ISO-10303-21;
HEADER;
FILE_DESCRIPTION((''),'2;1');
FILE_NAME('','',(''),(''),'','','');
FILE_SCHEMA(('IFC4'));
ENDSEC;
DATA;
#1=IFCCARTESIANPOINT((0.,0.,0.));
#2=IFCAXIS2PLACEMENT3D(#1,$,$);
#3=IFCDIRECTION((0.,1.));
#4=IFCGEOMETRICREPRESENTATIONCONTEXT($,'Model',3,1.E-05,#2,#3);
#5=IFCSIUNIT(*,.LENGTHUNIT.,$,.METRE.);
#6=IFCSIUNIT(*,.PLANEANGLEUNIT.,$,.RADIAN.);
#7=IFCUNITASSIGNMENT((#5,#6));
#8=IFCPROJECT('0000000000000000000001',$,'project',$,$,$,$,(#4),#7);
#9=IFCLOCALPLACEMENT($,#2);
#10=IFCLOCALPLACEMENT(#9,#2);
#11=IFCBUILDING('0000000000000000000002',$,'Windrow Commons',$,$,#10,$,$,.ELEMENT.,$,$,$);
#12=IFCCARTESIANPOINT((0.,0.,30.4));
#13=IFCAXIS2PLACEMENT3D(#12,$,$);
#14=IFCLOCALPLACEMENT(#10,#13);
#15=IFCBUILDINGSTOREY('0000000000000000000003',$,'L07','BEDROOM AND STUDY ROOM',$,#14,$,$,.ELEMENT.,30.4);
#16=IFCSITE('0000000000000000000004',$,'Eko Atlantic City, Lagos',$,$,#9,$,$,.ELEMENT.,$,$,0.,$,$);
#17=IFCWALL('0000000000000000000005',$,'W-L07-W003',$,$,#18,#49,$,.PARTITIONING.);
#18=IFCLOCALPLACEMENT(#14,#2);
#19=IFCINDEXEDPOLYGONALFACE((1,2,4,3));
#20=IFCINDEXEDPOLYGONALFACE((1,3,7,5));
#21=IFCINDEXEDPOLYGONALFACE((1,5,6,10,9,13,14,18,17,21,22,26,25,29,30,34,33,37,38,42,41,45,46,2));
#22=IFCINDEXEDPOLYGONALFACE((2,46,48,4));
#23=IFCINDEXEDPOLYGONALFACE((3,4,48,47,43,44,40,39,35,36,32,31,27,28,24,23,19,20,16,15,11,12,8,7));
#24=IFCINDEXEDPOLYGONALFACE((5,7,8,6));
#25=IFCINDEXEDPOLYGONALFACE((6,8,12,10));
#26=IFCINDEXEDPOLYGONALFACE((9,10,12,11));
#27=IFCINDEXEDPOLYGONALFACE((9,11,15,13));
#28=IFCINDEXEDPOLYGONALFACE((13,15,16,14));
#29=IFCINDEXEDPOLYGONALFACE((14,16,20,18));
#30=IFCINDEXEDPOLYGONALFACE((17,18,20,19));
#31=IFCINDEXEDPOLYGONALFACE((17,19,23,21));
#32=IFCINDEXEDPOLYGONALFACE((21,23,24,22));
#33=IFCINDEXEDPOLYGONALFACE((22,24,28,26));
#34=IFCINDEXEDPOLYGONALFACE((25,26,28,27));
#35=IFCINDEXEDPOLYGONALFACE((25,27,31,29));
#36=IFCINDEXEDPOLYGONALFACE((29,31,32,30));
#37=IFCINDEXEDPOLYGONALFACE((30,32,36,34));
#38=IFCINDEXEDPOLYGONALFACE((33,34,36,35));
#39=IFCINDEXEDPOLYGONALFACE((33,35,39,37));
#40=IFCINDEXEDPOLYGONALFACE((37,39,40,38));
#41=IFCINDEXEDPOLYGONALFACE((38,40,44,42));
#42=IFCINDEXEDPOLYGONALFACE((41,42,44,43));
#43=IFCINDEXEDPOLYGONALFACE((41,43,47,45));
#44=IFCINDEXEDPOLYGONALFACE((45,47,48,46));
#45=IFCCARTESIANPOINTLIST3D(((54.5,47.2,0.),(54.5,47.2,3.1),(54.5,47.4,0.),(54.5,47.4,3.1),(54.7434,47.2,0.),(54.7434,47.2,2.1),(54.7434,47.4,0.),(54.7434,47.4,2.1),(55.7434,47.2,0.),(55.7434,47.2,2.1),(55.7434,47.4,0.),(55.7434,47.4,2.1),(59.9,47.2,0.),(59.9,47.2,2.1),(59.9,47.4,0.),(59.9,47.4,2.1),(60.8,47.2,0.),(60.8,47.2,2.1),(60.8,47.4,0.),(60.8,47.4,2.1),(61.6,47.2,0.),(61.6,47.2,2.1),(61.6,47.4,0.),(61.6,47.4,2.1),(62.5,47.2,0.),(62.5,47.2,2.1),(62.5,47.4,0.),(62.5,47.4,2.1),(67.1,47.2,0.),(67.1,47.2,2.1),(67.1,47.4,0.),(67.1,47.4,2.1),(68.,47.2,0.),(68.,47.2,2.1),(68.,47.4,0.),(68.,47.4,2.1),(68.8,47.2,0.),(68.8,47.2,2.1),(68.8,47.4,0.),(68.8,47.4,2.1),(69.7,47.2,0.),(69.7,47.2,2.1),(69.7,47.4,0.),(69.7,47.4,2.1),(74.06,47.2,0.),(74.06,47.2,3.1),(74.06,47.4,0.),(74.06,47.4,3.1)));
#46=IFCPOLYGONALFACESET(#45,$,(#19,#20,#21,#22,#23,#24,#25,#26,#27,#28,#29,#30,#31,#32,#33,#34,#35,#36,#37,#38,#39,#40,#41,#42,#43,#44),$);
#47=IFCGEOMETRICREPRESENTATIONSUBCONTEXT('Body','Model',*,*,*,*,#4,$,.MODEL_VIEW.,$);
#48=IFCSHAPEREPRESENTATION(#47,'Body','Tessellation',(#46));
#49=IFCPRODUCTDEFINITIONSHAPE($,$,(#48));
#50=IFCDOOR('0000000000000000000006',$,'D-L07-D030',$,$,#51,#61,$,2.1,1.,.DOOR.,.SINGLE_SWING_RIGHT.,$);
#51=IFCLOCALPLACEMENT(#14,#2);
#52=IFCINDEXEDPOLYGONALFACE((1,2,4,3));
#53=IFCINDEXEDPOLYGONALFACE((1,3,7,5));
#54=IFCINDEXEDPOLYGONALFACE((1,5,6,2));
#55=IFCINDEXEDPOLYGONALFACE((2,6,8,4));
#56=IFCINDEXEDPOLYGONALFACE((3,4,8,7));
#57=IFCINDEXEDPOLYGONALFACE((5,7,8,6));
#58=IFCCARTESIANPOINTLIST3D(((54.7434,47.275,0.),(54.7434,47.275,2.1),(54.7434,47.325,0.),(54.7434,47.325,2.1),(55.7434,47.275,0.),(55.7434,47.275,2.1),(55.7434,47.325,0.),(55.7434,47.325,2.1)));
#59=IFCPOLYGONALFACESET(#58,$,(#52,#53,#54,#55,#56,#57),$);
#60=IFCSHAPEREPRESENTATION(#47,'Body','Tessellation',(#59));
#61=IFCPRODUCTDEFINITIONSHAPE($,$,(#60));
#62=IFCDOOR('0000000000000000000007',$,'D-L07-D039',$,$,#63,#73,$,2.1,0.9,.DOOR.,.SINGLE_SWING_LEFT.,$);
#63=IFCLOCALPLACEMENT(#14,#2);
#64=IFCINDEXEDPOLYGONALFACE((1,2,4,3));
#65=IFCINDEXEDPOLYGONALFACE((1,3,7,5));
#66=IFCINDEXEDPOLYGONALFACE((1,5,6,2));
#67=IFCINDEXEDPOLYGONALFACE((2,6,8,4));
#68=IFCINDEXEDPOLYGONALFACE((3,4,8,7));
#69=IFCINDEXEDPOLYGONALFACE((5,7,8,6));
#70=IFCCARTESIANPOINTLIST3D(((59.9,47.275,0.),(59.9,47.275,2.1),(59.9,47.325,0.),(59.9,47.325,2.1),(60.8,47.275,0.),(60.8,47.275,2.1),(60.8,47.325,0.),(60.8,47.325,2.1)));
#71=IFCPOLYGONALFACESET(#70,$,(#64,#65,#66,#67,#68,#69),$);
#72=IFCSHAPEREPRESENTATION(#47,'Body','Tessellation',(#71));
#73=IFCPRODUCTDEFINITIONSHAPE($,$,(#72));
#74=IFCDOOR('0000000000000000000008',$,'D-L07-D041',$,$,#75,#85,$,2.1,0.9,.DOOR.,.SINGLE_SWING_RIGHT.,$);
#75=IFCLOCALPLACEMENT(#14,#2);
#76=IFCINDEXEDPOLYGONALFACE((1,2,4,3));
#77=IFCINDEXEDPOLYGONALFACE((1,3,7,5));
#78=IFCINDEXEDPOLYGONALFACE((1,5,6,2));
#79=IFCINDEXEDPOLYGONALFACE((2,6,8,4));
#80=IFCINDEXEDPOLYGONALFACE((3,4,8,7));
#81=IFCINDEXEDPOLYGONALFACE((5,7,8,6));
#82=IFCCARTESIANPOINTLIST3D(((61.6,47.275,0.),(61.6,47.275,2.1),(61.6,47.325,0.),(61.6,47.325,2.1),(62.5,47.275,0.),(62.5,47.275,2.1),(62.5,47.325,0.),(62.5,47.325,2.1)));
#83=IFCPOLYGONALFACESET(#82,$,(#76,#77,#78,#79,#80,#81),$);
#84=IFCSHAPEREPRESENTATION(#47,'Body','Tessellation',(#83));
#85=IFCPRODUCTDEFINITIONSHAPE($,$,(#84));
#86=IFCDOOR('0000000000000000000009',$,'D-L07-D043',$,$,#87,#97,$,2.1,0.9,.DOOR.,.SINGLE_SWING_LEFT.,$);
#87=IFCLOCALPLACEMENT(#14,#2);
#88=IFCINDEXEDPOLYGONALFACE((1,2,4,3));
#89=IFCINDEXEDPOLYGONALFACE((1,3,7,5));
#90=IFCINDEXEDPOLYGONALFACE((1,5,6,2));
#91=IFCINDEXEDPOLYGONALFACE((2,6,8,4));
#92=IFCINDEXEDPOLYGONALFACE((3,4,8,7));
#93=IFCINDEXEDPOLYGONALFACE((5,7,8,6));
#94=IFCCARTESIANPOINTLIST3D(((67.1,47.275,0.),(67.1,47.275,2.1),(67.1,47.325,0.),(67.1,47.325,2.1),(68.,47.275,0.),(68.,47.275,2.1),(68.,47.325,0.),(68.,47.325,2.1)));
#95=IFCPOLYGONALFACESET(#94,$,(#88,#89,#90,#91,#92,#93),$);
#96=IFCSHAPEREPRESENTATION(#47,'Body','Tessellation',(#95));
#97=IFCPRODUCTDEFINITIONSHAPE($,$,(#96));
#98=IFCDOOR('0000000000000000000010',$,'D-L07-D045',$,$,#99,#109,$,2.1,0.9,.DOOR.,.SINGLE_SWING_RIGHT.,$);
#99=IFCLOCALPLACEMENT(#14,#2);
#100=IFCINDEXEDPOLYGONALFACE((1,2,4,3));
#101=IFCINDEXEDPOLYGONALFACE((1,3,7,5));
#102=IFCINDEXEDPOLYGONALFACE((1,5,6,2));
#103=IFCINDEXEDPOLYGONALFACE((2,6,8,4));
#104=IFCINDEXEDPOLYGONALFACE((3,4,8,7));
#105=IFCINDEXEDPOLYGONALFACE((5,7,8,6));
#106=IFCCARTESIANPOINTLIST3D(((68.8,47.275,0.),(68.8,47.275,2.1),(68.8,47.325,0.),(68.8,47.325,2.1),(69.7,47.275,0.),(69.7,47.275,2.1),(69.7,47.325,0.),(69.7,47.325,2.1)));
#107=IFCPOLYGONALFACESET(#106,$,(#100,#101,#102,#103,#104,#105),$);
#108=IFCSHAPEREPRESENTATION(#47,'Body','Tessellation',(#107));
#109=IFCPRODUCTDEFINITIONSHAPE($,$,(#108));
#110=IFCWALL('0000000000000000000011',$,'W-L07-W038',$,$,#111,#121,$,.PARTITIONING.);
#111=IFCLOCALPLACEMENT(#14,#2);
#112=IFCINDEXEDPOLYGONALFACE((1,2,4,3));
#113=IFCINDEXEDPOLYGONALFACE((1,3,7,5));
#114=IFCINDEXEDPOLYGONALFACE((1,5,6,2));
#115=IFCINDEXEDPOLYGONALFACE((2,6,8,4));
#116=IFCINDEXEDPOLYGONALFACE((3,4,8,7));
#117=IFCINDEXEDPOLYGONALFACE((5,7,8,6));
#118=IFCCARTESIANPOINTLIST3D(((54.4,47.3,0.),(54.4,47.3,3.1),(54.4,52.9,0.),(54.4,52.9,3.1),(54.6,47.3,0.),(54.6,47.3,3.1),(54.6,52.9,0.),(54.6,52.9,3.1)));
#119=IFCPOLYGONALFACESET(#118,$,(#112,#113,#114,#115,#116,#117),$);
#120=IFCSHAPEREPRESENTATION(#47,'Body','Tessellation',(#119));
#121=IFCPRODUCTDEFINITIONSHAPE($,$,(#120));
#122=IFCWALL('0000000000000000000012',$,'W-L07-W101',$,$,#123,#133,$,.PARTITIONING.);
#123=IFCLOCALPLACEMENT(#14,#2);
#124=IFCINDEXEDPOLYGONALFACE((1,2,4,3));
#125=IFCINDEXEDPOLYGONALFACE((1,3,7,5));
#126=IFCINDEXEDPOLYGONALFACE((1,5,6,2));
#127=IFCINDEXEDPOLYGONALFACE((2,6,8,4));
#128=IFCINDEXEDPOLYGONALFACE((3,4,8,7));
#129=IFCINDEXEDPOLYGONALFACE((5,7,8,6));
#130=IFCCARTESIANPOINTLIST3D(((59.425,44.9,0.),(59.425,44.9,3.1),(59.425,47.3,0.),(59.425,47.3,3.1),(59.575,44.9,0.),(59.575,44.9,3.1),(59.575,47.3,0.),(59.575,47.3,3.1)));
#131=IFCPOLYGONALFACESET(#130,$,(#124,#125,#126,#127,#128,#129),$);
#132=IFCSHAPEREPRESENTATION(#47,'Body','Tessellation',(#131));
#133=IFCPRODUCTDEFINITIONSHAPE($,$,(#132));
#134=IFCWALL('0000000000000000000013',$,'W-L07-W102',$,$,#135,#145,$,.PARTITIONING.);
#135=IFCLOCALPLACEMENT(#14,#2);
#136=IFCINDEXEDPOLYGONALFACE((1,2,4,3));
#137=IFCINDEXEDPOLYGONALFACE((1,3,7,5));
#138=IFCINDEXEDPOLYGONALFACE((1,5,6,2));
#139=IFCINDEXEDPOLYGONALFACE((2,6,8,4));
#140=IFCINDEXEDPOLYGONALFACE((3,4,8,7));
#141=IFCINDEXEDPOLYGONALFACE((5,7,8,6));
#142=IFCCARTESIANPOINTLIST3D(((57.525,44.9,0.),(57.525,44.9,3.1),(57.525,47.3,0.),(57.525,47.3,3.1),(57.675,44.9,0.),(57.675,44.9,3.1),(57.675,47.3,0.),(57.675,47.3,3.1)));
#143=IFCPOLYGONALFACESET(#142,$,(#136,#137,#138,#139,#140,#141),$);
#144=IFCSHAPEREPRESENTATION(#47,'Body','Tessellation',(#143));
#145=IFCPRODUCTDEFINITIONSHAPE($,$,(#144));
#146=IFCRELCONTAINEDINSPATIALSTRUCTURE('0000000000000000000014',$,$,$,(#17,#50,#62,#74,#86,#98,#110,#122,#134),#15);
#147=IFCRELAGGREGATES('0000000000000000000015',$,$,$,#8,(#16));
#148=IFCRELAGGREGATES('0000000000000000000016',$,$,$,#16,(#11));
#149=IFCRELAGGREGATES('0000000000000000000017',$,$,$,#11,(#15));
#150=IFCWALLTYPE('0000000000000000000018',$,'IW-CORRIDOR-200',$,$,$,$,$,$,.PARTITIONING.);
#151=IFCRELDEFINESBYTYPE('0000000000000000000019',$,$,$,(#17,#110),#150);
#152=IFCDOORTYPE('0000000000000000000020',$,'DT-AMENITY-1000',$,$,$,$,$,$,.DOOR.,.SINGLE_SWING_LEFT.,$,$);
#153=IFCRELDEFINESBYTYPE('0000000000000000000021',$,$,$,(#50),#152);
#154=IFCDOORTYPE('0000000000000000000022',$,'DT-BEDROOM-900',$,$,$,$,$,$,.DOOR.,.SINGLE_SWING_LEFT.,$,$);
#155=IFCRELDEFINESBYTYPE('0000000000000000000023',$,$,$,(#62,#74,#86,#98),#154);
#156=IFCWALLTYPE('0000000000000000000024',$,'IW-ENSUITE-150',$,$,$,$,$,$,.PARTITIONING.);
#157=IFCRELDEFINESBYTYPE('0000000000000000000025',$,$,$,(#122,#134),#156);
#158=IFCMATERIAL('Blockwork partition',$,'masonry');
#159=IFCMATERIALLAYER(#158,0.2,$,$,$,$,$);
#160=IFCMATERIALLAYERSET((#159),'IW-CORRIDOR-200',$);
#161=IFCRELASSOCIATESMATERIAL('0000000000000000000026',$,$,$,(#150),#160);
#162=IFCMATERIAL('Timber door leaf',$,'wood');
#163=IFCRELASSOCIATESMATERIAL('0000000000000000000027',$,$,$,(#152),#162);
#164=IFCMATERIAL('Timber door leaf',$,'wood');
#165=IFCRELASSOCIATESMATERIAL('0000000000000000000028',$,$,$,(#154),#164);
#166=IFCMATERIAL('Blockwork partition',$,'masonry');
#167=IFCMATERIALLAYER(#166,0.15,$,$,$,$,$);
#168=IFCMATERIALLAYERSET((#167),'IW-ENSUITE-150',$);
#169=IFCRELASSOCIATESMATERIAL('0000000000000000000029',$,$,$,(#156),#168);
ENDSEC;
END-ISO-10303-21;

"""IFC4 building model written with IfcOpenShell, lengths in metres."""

from ifc_helpers import new_model, si_unit, direction, frame, frame_2d, origin, place, context, subcontext, project, spatial, rectangle, extrude, material, layer, layer_set, type_object, element, fill, save


model = new_model("IFC4")

# Units and contexts
model_context = context("Model", 3, precision=1e-05, world=origin(), true_north=direction((0.0, 1.0)))
body_context = subcontext(model_context, "Body", "Model", "MODEL_VIEW")
ifc_project = project(units=[si_unit("LENGTHUNIT", "METRE"), si_unit("PLANEANGLEUNIT", "RADIAN")], contexts=[model_context])

# Site, building, storey
site_placement = place(None, origin())
site = spatial("IfcSite", under=ifc_project, at=site_placement, Name="Eko Atlantic City, Lagos", CompositionType="ELEMENT", RefElevation=0.0)
building_placement = place(site_placement, origin())
building = spatial("IfcBuilding", under=site, at=building_placement, Name="Windrow Commons", CompositionType="ELEMENT")
storey_placement = place(building_placement, frame((0.0, 0.0, 30.4)))
storey = spatial("IfcBuildingStorey", under=building, at=storey_placement, Name="L07", Description="BEDROOM AND STUDY ROOM", CompositionType="ELEMENT", Elevation=30.4)

# Wall, openings, doors
ifc_material_1 = material(Name="Blockwork partition", Category="masonry")
ifc_layer_1 = layer(ifc_material_1, 0.2)
ifc_layer_set_1 = layer_set([ifc_layer_1], Name="IW-CORRIDOR-200")
wall_type_1 = type_object("IfcWallType", Name="IW-CORRIDOR-200", PredefinedType="PARTITIONING", material=ifc_layer_set_1)
wall_1_placement = place(storey_placement, frame((54.5, 47.3, 0.0), z_axis=(0.0, 0.0, 1.0), x_axis=(1.0, 0.0, 0.0)))
wall_1 = element("IfcWall", 1, at=wall_1_placement, inside=storey, type_object=wall_type_1, Name="W-L07-W003", PredefinedType="PARTITIONING", context=body_context, shape_type="SweptSolid", body=[
    extrude(rectangle(XDim=19.56, YDim=0.2, at=frame_2d((9.78, 0.0))), origin(), (0.0, 0.0, 1.0), 3.1),
])
opening_1_placement = place(wall_1_placement, frame((0.2434, 0.0, 0.0)))
opening_1 = element("IfcOpeningElement", 2, at=opening_1_placement, cuts=wall_1, PredefinedType="OPENING", context=body_context, shape_type="SweptSolid", body=[
    extrude(rectangle(XDim=1.0, YDim=2.1, at=frame_2d((0.5, 1.05))), frame((0.0, 0.11, 0.0), z_axis=(0.0, -1.0, 0.0), x_axis=(1.0, 0.0, 0.0)), (0.0, 0.0, 1.0), 0.22),
])
opening_2_placement = place(wall_1_placement, frame((5.4, 0.0, 0.0)))
opening_2 = element("IfcOpeningElement", 3, at=opening_2_placement, cuts=wall_1, PredefinedType="OPENING", context=body_context, shape_type="SweptSolid", body=[
    extrude(rectangle(XDim=0.9, YDim=2.1, at=frame_2d((0.45, 1.05))), frame((0.0, 0.11, 0.0), z_axis=(0.0, -1.0, 0.0), x_axis=(1.0, 0.0, 0.0)), (0.0, 0.0, 1.0), 0.22),
])
opening_3_placement = place(wall_1_placement, frame((7.1, 0.0, 0.0)))
opening_3 = element("IfcOpeningElement", 4, at=opening_3_placement, cuts=wall_1, PredefinedType="OPENING", context=body_context, shape_type="SweptSolid", body=[
    extrude(rectangle(XDim=0.9, YDim=2.1, at=frame_2d((0.45, 1.05))), frame((0.0, 0.11, 0.0), z_axis=(0.0, -1.0, 0.0), x_axis=(1.0, 0.0, 0.0)), (0.0, 0.0, 1.0), 0.22),
])
opening_4_placement = place(wall_1_placement, frame((12.6, 0.0, 0.0)))
opening_4 = element("IfcOpeningElement", 5, at=opening_4_placement, cuts=wall_1, PredefinedType="OPENING", context=body_context, shape_type="SweptSolid", body=[
    extrude(rectangle(XDim=0.9, YDim=2.1, at=frame_2d((0.45, 1.05))), frame((0.0, 0.11, 0.0), z_axis=(0.0, -1.0, 0.0), x_axis=(1.0, 0.0, 0.0)), (0.0, 0.0, 1.0), 0.22),
])
opening_5_placement = place(wall_1_placement, frame((14.3, 0.0, 0.0)))
opening_5 = element("IfcOpeningElement", 6, at=opening_5_placement, cuts=wall_1, PredefinedType="OPENING", context=body_context, shape_type="SweptSolid", body=[
    extrude(rectangle(XDim=0.9, YDim=2.1, at=frame_2d((0.45, 1.05))), frame((0.0, 0.11, 0.0), z_axis=(0.0, -1.0, 0.0), x_axis=(1.0, 0.0, 0.0)), (0.0, 0.0, 1.0), 0.22),
])
ifc_material_2 = material(Name="Timber door leaf", Category="wood")
door_type_1 = type_object("IfcDoorType", Name="DT-AMENITY-1000", OperationType="SINGLE_SWING_LEFT", PredefinedType="DOOR", material=ifc_material_2)
door_1_placement = place(opening_1_placement, origin())
door_1 = element("IfcDoor", 7, at=door_1_placement, inside=storey, type_object=door_type_1, Name="D-L07-D030", OperationType="SINGLE_SWING_RIGHT", OverallHeight=2.1, OverallWidth=1.0, PredefinedType="DOOR", context=body_context, shape_type="SweptSolid", body=[
    extrude(rectangle(XDim=1.0, YDim=2.1, at=frame_2d((0.5, 1.05))), frame((0.0, 0.025, 0.0), z_axis=(0.0, -1.0, 0.0), x_axis=(1.0, 0.0, 0.0)), (0.0, 0.0, 1.0), 0.05),
])
fill(opening_1, door_1)
ifc_material_3 = material(Name="Timber door leaf", Category="wood")
door_type_2 = type_object("IfcDoorType", Name="DT-BEDROOM-900", OperationType="SINGLE_SWING_LEFT", PredefinedType="DOOR", material=ifc_material_3)
door_2_placement = place(opening_2_placement, origin())
door_2 = element("IfcDoor", 8, at=door_2_placement, inside=storey, type_object=door_type_2, Name="D-L07-D039", OperationType="SINGLE_SWING_LEFT", OverallHeight=2.1, OverallWidth=0.9, PredefinedType="DOOR", context=body_context, shape_type="SweptSolid", body=[
    extrude(rectangle(XDim=0.9, YDim=2.1, at=frame_2d((0.45, 1.05))), frame((0.0, 0.025, 0.0), z_axis=(0.0, -1.0, 0.0), x_axis=(1.0, 0.0, 0.0)), (0.0, 0.0, 1.0), 0.05),
])
fill(opening_2, door_2)
door_3_placement = place(opening_3_placement, origin())
door_3 = element("IfcDoor", 9, at=door_3_placement, inside=storey, type_object=door_type_2, Name="D-L07-D041", OperationType="SINGLE_SWING_RIGHT", OverallHeight=2.1, OverallWidth=0.9, PredefinedType="DOOR", context=body_context, shape_type="SweptSolid", body=[
    extrude(rectangle(XDim=0.9, YDim=2.1, at=frame_2d((0.45, 1.05))), frame((0.0, 0.025, 0.0), z_axis=(0.0, -1.0, 0.0), x_axis=(1.0, 0.0, 0.0)), (0.0, 0.0, 1.0), 0.05),
])
fill(opening_3, door_3)
door_4_placement = place(opening_4_placement, origin())
door_4 = element("IfcDoor", 10, at=door_4_placement, inside=storey, type_object=door_type_2, Name="D-L07-D043", OperationType="SINGLE_SWING_LEFT", OverallHeight=2.1, OverallWidth=0.9, PredefinedType="DOOR", context=body_context, shape_type="SweptSolid", body=[
    extrude(rectangle(XDim=0.9, YDim=2.1, at=frame_2d((0.45, 1.05))), frame((0.0, 0.025, 0.0), z_axis=(0.0, -1.0, 0.0), x_axis=(1.0, 0.0, 0.0)), (0.0, 0.0, 1.0), 0.05),
])
fill(opening_4, door_4)
door_5_placement = place(opening_5_placement, origin())
door_5 = element("IfcDoor", 11, at=door_5_placement, inside=storey, type_object=door_type_2, Name="D-L07-D045", OperationType="SINGLE_SWING_RIGHT", OverallHeight=2.1, OverallWidth=0.9, PredefinedType="DOOR", context=body_context, shape_type="SweptSolid", body=[
    extrude(rectangle(XDim=0.9, YDim=2.1, at=frame_2d((0.45, 1.05))), frame((0.0, 0.025, 0.0), z_axis=(0.0, -1.0, 0.0), x_axis=(1.0, 0.0, 0.0)), (0.0, 0.0, 1.0), 0.05),
])
fill(opening_5, door_5)

# Walls
wall_2_placement = place(storey_placement, frame((54.5, 47.3, 0.0), z_axis=(0.0, 0.0, 1.0), x_axis=(0.0, 1.0, 0.0)))
element("IfcWall", 12, at=wall_2_placement, inside=storey, type_object=wall_type_1, Name="W-L07-W038", PredefinedType="PARTITIONING", context=body_context, shape_type="SweptSolid", body=[
    extrude(rectangle(XDim=5.6, YDim=0.2, at=frame_2d((2.8, 0.0))), origin(), (0.0, 0.0, 1.0), 3.1),
])
ifc_material_4 = material(Name="Blockwork partition", Category="masonry")
ifc_layer_2 = layer(ifc_material_4, 0.15)
ifc_layer_set_2 = layer_set([ifc_layer_2], Name="IW-ENSUITE-150")
wall_type_2 = type_object("IfcWallType", Name="IW-ENSUITE-150", PredefinedType="PARTITIONING", material=ifc_layer_set_2)
for number, where, z_axis, x_axis, name in (
    (13, (59.5, 44.9, 0.0), (0.0, 0.0, 1.0), (0.0, 1.0, 0.0), "W-L07-W101"),
    (14, (57.6, 44.9, 0.0), (0.0, 0.0, 1.0), (0.0, 1.0, 0.0), "W-L07-W102"),
):
    element("IfcWall", number, at=place(storey_placement, frame(where, z_axis=z_axis, x_axis=x_axis)), inside=storey, type_object=wall_type_2, Name=name, PredefinedType="PARTITIONING", context=body_context, shape_type="SweptSolid", body=[
        extrude(rectangle(XDim=2.4, YDim=0.15, at=frame_2d((1.2, 0.0))), origin(), (0.0, 0.0, 1.0), 3.1),
    ])

save(model, "model.ifc")
